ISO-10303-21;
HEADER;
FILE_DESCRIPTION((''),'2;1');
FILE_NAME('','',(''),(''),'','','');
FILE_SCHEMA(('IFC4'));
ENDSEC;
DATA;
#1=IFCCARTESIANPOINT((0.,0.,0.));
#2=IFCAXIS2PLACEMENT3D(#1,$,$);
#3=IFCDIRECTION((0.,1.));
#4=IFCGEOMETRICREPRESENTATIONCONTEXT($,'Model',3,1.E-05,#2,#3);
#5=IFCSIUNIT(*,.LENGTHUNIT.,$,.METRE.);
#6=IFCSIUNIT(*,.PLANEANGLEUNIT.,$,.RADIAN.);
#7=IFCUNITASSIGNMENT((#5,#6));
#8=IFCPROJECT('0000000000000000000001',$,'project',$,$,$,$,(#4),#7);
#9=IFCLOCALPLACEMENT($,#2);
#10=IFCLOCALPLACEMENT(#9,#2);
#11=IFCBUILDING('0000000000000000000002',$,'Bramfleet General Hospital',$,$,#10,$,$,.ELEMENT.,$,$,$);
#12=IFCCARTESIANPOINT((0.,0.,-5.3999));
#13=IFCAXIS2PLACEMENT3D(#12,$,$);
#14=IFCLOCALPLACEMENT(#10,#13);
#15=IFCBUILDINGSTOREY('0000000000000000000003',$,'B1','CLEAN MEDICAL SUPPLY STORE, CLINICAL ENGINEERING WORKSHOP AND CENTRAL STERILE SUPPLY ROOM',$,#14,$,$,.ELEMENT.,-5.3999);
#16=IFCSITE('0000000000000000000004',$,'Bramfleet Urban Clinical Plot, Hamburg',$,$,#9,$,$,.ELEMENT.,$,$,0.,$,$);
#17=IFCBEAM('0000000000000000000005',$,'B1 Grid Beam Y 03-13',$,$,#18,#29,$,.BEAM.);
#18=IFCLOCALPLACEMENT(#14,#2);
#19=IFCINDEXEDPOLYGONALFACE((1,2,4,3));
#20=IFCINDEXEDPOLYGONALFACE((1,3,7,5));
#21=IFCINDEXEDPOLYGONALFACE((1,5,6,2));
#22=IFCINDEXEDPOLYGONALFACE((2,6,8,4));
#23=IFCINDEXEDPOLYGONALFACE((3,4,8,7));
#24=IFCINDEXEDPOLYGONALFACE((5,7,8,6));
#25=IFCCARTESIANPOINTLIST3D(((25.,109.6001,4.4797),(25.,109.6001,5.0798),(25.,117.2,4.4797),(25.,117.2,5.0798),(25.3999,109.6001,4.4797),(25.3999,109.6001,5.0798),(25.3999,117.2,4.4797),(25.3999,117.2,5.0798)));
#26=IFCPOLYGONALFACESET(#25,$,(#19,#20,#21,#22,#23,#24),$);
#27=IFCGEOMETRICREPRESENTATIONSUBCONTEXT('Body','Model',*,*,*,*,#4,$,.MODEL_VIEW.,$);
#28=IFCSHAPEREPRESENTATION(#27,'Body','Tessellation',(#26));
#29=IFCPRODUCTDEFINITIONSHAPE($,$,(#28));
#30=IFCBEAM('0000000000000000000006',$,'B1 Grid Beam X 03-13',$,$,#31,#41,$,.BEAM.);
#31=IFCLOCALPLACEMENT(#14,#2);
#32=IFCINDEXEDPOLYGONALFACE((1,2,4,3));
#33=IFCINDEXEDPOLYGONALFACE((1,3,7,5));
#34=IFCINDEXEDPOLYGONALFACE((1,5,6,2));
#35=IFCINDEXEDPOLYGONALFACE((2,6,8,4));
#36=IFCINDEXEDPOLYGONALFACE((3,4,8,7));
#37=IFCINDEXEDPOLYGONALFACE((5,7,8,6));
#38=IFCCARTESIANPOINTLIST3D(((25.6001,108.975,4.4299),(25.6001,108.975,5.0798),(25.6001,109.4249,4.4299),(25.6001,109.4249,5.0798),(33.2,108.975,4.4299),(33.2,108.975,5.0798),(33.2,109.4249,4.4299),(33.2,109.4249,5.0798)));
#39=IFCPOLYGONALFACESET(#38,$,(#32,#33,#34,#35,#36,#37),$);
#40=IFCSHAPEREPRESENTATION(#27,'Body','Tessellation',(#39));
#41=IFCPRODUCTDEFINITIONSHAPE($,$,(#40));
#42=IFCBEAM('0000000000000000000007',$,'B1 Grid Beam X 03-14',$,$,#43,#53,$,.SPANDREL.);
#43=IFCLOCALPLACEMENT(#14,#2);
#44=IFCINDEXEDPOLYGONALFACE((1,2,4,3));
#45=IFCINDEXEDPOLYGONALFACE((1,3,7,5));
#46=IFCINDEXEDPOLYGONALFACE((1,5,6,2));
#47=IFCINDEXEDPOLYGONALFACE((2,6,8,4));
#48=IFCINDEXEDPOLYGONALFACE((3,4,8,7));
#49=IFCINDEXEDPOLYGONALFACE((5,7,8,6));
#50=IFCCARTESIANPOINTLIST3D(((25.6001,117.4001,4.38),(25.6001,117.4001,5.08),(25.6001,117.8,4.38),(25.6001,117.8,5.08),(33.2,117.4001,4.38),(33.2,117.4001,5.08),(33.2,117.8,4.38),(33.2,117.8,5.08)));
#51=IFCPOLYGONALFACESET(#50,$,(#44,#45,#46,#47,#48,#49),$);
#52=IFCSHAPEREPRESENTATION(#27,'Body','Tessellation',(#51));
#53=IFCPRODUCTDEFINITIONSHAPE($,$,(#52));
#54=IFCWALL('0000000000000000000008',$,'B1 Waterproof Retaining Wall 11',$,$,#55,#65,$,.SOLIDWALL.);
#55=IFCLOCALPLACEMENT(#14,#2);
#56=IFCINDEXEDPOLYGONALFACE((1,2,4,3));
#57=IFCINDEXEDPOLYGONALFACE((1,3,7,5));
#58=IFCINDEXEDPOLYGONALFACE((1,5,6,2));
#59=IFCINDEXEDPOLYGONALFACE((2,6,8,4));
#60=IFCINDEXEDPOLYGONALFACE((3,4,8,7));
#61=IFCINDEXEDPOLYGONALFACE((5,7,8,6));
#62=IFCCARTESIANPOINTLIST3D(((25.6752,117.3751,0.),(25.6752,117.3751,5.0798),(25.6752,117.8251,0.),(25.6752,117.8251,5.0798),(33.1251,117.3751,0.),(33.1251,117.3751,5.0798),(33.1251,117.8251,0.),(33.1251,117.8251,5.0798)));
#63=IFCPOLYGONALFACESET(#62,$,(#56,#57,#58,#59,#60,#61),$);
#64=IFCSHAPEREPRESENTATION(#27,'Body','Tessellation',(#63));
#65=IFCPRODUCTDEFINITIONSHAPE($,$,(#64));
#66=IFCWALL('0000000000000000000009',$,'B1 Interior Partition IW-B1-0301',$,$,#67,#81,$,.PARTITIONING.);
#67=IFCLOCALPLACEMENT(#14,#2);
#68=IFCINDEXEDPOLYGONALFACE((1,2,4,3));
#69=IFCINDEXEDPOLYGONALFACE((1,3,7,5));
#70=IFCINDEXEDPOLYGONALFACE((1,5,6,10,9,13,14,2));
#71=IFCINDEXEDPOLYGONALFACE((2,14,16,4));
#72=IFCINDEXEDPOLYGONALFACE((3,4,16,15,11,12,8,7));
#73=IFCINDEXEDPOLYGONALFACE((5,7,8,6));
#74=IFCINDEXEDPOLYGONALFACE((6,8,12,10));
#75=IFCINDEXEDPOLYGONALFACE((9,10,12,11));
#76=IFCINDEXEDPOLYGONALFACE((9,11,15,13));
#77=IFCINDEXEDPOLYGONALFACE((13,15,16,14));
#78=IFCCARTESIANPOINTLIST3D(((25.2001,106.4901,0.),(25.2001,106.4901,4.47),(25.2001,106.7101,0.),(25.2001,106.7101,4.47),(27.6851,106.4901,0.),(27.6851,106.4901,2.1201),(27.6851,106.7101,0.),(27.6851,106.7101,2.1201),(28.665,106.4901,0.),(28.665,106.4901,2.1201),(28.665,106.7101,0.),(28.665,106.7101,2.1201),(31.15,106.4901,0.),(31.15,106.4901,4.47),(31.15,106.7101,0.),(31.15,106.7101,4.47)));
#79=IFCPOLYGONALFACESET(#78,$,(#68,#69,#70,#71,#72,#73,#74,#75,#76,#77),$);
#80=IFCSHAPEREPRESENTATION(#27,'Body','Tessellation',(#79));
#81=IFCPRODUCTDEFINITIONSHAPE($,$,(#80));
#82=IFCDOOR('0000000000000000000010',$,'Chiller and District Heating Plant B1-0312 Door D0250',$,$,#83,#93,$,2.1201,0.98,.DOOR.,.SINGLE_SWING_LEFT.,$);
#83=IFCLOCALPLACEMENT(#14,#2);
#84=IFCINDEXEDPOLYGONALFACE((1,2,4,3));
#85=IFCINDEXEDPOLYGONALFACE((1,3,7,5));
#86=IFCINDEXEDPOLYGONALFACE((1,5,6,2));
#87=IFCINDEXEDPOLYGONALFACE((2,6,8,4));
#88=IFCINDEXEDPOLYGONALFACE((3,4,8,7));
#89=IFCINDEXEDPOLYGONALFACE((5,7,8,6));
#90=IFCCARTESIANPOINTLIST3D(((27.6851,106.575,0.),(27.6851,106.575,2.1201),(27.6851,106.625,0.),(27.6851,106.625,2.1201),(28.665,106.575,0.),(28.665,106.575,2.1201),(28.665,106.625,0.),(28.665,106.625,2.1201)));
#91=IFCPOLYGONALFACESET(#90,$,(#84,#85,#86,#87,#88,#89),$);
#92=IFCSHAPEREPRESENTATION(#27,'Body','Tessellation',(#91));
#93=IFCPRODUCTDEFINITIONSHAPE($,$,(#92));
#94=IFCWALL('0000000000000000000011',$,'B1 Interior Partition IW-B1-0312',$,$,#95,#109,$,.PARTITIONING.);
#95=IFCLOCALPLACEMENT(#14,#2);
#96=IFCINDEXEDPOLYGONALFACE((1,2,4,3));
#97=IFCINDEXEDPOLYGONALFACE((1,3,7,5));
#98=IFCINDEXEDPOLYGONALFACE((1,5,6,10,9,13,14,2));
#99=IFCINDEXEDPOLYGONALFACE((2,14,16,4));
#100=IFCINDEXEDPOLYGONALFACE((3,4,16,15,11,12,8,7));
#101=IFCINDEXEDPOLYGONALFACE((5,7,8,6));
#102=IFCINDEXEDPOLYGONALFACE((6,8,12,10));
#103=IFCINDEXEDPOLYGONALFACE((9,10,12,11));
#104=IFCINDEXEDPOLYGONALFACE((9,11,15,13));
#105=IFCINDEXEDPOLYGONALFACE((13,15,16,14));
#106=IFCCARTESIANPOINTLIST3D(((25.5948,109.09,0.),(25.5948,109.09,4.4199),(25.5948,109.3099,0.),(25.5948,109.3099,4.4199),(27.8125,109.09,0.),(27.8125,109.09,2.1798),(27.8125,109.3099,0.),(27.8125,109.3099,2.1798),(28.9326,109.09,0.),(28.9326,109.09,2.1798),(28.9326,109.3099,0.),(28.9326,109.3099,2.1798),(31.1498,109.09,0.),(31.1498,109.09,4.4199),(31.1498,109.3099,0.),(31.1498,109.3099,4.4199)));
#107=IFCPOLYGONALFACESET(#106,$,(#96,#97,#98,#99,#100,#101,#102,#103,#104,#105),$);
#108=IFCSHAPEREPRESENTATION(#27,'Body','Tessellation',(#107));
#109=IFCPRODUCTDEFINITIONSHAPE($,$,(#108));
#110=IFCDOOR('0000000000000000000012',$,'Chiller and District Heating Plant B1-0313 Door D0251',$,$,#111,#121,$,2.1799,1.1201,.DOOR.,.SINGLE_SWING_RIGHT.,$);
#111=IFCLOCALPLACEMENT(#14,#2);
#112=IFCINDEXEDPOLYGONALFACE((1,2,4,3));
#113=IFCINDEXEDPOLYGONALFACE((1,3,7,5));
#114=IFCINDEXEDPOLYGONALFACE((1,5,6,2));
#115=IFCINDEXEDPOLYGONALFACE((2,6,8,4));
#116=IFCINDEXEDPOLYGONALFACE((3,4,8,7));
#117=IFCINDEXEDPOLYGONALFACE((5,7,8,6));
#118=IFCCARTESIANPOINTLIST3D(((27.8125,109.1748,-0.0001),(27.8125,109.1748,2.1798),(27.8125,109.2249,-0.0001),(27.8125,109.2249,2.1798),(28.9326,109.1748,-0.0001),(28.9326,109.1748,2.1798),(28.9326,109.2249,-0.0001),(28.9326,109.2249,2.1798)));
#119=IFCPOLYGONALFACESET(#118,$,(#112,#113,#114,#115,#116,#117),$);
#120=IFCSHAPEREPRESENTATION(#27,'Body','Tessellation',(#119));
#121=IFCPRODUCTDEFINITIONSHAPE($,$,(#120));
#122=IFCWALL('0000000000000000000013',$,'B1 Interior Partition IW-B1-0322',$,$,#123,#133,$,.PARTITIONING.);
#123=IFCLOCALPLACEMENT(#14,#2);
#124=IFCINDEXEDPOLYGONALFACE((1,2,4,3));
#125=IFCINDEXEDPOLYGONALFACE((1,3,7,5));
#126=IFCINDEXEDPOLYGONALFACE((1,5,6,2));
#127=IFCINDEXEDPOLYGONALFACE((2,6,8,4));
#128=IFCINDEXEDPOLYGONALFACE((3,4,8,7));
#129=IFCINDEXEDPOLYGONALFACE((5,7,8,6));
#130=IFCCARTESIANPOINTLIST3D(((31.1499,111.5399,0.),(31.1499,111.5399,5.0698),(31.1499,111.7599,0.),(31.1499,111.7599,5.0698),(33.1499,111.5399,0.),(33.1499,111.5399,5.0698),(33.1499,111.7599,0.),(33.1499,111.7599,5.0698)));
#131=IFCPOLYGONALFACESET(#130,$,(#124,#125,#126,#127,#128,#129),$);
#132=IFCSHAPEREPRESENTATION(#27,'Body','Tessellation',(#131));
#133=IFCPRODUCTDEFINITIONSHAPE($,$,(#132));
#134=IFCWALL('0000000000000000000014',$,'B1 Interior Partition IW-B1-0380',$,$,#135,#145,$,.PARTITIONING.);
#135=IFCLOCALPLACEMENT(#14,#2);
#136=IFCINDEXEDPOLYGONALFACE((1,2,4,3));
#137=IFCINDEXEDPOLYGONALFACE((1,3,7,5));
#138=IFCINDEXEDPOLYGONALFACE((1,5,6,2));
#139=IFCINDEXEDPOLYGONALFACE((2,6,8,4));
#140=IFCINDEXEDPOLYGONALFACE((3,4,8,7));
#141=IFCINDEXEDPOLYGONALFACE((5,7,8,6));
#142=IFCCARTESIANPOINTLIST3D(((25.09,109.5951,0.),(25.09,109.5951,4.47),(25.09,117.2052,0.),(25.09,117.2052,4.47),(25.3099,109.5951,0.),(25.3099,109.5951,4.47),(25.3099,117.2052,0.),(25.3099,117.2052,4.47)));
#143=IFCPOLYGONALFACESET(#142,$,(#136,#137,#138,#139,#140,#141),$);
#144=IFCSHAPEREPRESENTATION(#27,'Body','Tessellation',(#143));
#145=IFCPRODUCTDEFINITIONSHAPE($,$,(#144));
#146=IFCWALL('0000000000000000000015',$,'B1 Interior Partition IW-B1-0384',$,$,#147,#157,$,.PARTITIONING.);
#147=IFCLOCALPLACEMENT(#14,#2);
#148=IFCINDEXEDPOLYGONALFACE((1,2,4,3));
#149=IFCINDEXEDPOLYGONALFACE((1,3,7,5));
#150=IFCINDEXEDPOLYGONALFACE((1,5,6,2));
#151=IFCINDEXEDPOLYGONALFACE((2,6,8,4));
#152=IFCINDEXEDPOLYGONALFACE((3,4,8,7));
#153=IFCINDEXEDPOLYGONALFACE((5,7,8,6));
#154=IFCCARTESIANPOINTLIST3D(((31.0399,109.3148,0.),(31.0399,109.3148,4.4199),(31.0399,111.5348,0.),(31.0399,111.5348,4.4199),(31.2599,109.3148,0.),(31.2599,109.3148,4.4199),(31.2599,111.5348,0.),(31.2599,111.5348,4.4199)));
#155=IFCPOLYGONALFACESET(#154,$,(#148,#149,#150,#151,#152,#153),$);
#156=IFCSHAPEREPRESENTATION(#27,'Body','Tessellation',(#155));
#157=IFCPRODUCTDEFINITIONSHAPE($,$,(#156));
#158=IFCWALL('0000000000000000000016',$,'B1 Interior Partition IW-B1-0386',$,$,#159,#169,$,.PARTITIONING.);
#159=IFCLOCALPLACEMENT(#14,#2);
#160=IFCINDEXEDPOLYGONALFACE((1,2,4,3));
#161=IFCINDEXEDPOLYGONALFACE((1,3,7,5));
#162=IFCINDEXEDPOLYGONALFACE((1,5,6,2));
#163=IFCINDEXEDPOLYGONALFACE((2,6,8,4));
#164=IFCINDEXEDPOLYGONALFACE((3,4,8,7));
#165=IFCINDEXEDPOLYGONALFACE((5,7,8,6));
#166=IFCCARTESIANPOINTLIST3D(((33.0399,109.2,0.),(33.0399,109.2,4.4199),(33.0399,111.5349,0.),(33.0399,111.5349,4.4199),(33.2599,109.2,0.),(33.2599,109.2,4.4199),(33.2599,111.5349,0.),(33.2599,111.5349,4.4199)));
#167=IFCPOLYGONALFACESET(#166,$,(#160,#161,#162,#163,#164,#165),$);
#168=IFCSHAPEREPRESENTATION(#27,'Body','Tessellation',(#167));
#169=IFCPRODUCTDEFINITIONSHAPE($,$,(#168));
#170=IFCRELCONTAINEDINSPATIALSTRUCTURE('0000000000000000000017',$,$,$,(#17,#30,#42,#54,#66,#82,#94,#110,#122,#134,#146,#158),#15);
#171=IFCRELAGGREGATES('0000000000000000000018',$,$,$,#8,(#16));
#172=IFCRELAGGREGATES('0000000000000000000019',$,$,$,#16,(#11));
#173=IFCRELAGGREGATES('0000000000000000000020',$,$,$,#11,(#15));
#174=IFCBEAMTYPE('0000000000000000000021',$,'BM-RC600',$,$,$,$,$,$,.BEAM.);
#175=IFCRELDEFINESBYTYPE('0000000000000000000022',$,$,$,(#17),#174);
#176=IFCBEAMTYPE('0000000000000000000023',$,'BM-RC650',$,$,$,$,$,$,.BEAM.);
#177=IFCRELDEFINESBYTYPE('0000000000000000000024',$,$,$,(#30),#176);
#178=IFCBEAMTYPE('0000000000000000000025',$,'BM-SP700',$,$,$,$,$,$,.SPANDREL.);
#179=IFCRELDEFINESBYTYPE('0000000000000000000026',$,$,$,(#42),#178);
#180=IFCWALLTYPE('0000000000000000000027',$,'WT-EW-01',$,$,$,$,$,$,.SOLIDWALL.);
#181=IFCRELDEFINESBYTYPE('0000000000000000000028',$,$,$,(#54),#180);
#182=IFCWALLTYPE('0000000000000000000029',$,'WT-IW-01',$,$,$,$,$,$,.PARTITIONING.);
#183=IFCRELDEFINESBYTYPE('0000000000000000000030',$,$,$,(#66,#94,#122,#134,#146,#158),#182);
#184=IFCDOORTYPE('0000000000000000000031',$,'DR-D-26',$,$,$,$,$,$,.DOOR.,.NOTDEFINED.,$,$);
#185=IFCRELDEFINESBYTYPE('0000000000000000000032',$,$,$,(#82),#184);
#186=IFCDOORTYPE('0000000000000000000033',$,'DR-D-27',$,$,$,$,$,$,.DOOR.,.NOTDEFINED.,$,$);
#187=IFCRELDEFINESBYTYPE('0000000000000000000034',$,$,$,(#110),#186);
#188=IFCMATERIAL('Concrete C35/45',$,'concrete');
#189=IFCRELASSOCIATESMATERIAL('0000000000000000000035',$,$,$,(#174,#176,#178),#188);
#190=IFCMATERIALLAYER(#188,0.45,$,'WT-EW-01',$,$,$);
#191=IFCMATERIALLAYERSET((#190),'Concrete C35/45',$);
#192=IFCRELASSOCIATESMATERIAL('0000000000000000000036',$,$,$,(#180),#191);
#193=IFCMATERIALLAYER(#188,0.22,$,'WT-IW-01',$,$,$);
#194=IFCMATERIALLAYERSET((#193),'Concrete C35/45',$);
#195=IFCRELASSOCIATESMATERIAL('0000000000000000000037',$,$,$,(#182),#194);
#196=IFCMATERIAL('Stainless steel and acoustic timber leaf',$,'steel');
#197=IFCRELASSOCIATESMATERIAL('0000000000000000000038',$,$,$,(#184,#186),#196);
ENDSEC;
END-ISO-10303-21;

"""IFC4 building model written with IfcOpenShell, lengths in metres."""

from ifc_helpers import new_model, si_unit, direction, frame, frame_2d, origin, origin_2d, place, context, subcontext, project, spatial, rectangle, extrude, material, layer, layer_set, material_profile, profile_set, type_object, element, fill, save


model = new_model("IFC4")

# Units and contexts
model_context = context("Model", 3, precision=1e-05, world=origin(), true_north=direction((0.0, 1.0)))
body_context = subcontext(model_context, "Body", "Model", "MODEL_VIEW")
ifc_project = project(units=[si_unit("LENGTHUNIT", "METRE"), si_unit("PLANEANGLEUNIT", "RADIAN")], contexts=[model_context])

# Site, building, storey
site_placement = place(None, origin())
site = spatial("IfcSite", under=ifc_project, at=site_placement, Name="Bramfleet Urban Clinical Plot, Hamburg", CompositionType="ELEMENT", RefElevation=0.0)
building_placement = place(site_placement, origin())
building = spatial("IfcBuilding", under=site, at=building_placement, Name="Bramfleet General Hospital", CompositionType="ELEMENT")
storey_placement = place(building_placement, frame((0.0, 0.0, -5.3999)))
storey = spatial("IfcBuildingStorey", under=building, at=storey_placement, Name="B1", Description="CLEAN MEDICAL SUPPLY STORE, CLINICAL ENGINEERING WORKSHOP AND CENTRAL STERILE SUPPLY ROOM", CompositionType="ELEMENT", Elevation=-5.3999)

# Shared definitions
ifc_material_1 = material(Name="Concrete C35/45", Category="concrete")

# Beams
ifc_material_profile_1 = material_profile(ifc_material_1, rectangle(XDim=0.3999, YDim=0.6001, at=origin_2d()), Name="RC BM 600x400")
ifc_profile_set_1 = profile_set([ifc_material_profile_1], Name="Concrete C35/45")
beam_type_1 = type_object("IfcBeamType", Name="BM-RC600", PredefinedType="BEAM", material=ifc_profile_set_1)
beam_1_placement = place(storey_placement, frame((25.2, 109.6001, 4.7798), z_axis=(0.0, 1.0, 0.0), x_axis=(-1.0, 0.0, 0.0)))
element("IfcBeam", 1, at=beam_1_placement, inside=storey, type_object=beam_type_1, Name="B1 Grid Beam Y 03-13", PredefinedType="BEAM", context=body_context, shape_type="SweptSolid", body=[
    extrude(rectangle(XDim=0.3999, YDim=0.6001, at=origin_2d()), origin(), (0.0, 0.0, 1.0), 7.5999),
])
ifc_material_profile_2 = material_profile(ifc_material_1, rectangle(XDim=0.45, YDim=0.6499, at=origin_2d()), Name="RC BM 650x450")
ifc_profile_set_2 = profile_set([ifc_material_profile_2], Name="Concrete C35/45")
beam_type_2 = type_object("IfcBeamType", Name="BM-RC650", PredefinedType="BEAM", material=ifc_profile_set_2)
beam_2_placement = place(storey_placement, frame((25.6001, 109.2, 4.7549), z_axis=(1.0, 0.0, 0.0), x_axis=(0.0, 1.0, 0.0)))
element("IfcBeam", 2, at=beam_2_placement, inside=storey, type_object=beam_type_2, Name="B1 Grid Beam X 03-13", PredefinedType="BEAM", context=body_context, shape_type="SweptSolid", body=[
    extrude(rectangle(XDim=0.45, YDim=0.6499, at=origin_2d()), origin(), (0.0, 0.0, 1.0), 7.5999),
])
ifc_material_profile_3 = material_profile(ifc_material_1, rectangle(XDim=0.3999, YDim=0.7, at=origin_2d()), Name="RC SP 700x400")
ifc_profile_set_3 = profile_set([ifc_material_profile_3], Name="Concrete C35/45")
beam_type_3 = type_object("IfcBeamType", Name="BM-SP700", PredefinedType="SPANDREL", material=ifc_profile_set_3)
beam_3_placement = place(storey_placement, frame((25.6001, 117.6001, 4.73), z_axis=(1.0, 0.0, 0.0), x_axis=(0.0, 1.0, 0.0)))
element("IfcBeam", 3, at=beam_3_placement, inside=storey, type_object=beam_type_3, Name="B1 Grid Beam X 03-14", PredefinedType="SPANDREL", context=body_context, shape_type="SweptSolid", body=[
    extrude(rectangle(XDim=0.3999, YDim=0.7, at=origin_2d()), origin(), (0.0, 0.0, 1.0), 7.5999),
])

# Wall
ifc_layer_1 = layer(ifc_material_1, 0.45, Name="WT-EW-01")
ifc_layer_set_1 = layer_set([ifc_layer_1], Name="Concrete C35/45")
wall_type_1 = type_object("IfcWallType", Name="WT-EW-01", PredefinedType="SOLIDWALL", material=ifc_layer_set_1)
wall_1_placement = place(storey_placement, frame((25.675, 117.6001, 0.0), z_axis=(0.0, 0.0, 1.0), x_axis=(1.0, 0.0, 0.0)))
element("IfcWall", 4, at=wall_1_placement, inside=storey, type_object=wall_type_1, Name="B1 Waterproof Retaining Wall 11", PredefinedType="SOLIDWALL", context=body_context, shape_type="SweptSolid", body=[
    extrude(rectangle(XDim=7.45, YDim=0.45, at=frame_2d((3.7251, 0.0))), origin(), (0.0, 0.0, 1.0), 5.0798),
])

# Walls, openings, doors
ifc_layer_2 = layer(ifc_material_1, 0.22, Name="WT-IW-01")
ifc_layer_set_2 = layer_set([ifc_layer_2], Name="Concrete C35/45")
wall_type_2 = type_object("IfcWallType", Name="WT-IW-01", PredefinedType="PARTITIONING", material=ifc_layer_set_2)
wall_2_placement = place(storey_placement, frame((25.2, 106.6001, 0.0), z_axis=(0.0, 0.0, 1.0), x_axis=(1.0, 0.0, 0.0)))
wall_2 = element("IfcWall", 5, at=wall_2_placement, inside=storey, type_object=wall_type_2, Name="B1 Interior Partition IW-B1-0301", PredefinedType="PARTITIONING", context=body_context, shape_type="SweptSolid", body=[
    extrude(rectangle(XDim=5.95, YDim=0.22, at=frame_2d((2.9751, 0.0))), origin(), (0.0, 0.0, 1.0), 4.47),
])
opening_1_placement = place(wall_2_placement, frame((2.4851, 0.0, 0.0)))
opening_1 = element("IfcOpeningElement", 6, at=opening_1_placement, cuts=wall_2, PredefinedType="OPENING", context=body_context, shape_type="SweptSolid", body=[
    extrude(rectangle(XDim=0.98, YDim=2.1201, at=frame_2d((0.49, 1.0601))), frame((0.0, 0.1199, 0.0), z_axis=(0.0, -1.0, 0.0), x_axis=(1.0, 0.0, 0.0)), (0.0, 0.0, 1.0), 0.24),
])
ifc_material_2 = material(Name="Stainless steel and acoustic timber leaf", Category="steel")
door_type_1 = type_object("IfcDoorType", Name="DR-D-26", OperationType="NOTDEFINED", PredefinedType="DOOR", material=ifc_material_2)
door_1_placement = place(opening_1_placement, origin())
door_1 = element("IfcDoor", 7, at=door_1_placement, inside=storey, type_object=door_type_1, Name="Chiller and District Heating Plant B1-0312 Door D0250", OperationType="SINGLE_SWING_LEFT", OverallHeight=2.1201, OverallWidth=0.98, PredefinedType="DOOR", context=body_context, shape_type="SweptSolid", body=[
    extrude(rectangle(XDim=0.98, YDim=2.1201, at=frame_2d((0.49, 1.0601))), frame((0.0, 0.0249, 0.0), z_axis=(0.0, -1.0, 0.0), x_axis=(1.0, 0.0, 0.0)), (0.0, 0.0, 1.0), 0.05),
])
fill(opening_1, door_1)
wall_3_placement = place(storey_placement, frame((25.595, 109.2, 0.0), z_axis=(0.0, 0.0, 1.0), x_axis=(1.0, 0.0, 0.0)))
wall_3 = element("IfcWall", 8, at=wall_3_placement, inside=storey, type_object=wall_type_2, Name="B1 Interior Partition IW-B1-0312", PredefinedType="PARTITIONING", context=body_context, shape_type="SweptSolid", body=[
    extrude(rectangle(XDim=5.5549, YDim=0.22, at=frame_2d((2.7773, 0.0))), origin(), (0.0, 0.0, 1.0), 4.4199),
])
opening_2_placement = place(wall_3_placement, frame((2.2175, 0.0, 0.0)))
opening_2 = element("IfcOpeningElement", 9, at=opening_2_placement, cuts=wall_3, PredefinedType="OPENING", context=body_context, shape_type="SweptSolid", body=[
    extrude(rectangle(XDim=1.1201, YDim=2.1799, at=frame_2d((0.5601, 1.0898))), frame((0.0, 0.1199, 0.0), z_axis=(0.0, -1.0, 0.0), x_axis=(1.0, 0.0, 0.0)), (0.0, 0.0, 1.0), 0.24),
])
door_type_2 = type_object("IfcDoorType", Name="DR-D-27", OperationType="NOTDEFINED", PredefinedType="DOOR", material=ifc_material_2)
door_2_placement = place(opening_2_placement, origin())
door_2 = element("IfcDoor", 10, at=door_2_placement, inside=storey, type_object=door_type_2, Name="Chiller and District Heating Plant B1-0313 Door D0251", OperationType="SINGLE_SWING_RIGHT", OverallHeight=2.1799, OverallWidth=1.1201, PredefinedType="DOOR", context=body_context, shape_type="SweptSolid", body=[
    extrude(rectangle(XDim=1.1201, YDim=2.1799, at=frame_2d((0.5601, 1.0898))), frame((0.0, 0.0249, 0.0), z_axis=(0.0, -1.0, 0.0), x_axis=(1.0, 0.0, 0.0)), (0.0, 0.0, 1.0), 0.05),
])
fill(opening_2, door_2)

# Walls
wall_4_placement = place(storey_placement, frame((31.1499, 111.6499, 0.0), z_axis=(0.0, 0.0, 1.0), x_axis=(1.0, 0.0, 0.0)))
element("IfcWall", 11, at=wall_4_placement, inside=storey, type_object=wall_type_2, Name="B1 Interior Partition IW-B1-0322", PredefinedType="PARTITIONING", context=body_context, shape_type="SweptSolid", body=[
    extrude(rectangle(XDim=2.0, YDim=0.22, at=frame_2d((1.0, 0.0))), origin(), (0.0, 0.0, 1.0), 5.0698),
])
wall_5_placement = place(storey_placement, frame((25.2, 109.595, 0.0), z_axis=(0.0, 0.0, 1.0), x_axis=(0.0, 1.0, 0.0)))
element("IfcWall", 12, at=wall_5_placement, inside=storey, type_object=wall_type_2, Name="B1 Interior Partition IW-B1-0380", PredefinedType="PARTITIONING", context=body_context, shape_type="SweptSolid", body=[
    extrude(rectangle(XDim=7.6101, YDim=0.22, at=frame_2d((3.8052, 0.0))), origin(), (0.0, 0.0, 1.0), 4.47),
])
wall_6_placement = place(storey_placement, frame((31.1499, 109.3149, 0.0), z_axis=(0.0, 0.0, 1.0), x_axis=(0.0, 1.0, 0.0)))
element("IfcWall", 13, at=wall_6_placement, inside=storey, type_object=wall_type_2, Name="B1 Interior Partition IW-B1-0384", PredefinedType="PARTITIONING", context=body_context, shape_type="SweptSolid", body=[
    extrude(rectangle(XDim=2.22, YDim=0.22, at=frame_2d((1.1099, 0.0))), origin(), (0.0, 0.0, 1.0), 4.4199),
])
wall_7_placement = place(storey_placement, frame((33.1499, 109.2, 0.0), z_axis=(0.0, 0.0, 1.0), x_axis=(0.0, 1.0, 0.0)))
element("IfcWall", 14, at=wall_7_placement, inside=storey, type_object=wall_type_2, Name="B1 Interior Partition IW-B1-0386", PredefinedType="PARTITIONING", context=body_context, shape_type="SweptSolid", body=[
    extrude(rectangle(XDim=2.335, YDim=0.22, at=frame_2d((1.1675, 0.0))), origin(), (0.0, 0.0, 1.0), 4.4199),
])

save(model, "model.ifc")
